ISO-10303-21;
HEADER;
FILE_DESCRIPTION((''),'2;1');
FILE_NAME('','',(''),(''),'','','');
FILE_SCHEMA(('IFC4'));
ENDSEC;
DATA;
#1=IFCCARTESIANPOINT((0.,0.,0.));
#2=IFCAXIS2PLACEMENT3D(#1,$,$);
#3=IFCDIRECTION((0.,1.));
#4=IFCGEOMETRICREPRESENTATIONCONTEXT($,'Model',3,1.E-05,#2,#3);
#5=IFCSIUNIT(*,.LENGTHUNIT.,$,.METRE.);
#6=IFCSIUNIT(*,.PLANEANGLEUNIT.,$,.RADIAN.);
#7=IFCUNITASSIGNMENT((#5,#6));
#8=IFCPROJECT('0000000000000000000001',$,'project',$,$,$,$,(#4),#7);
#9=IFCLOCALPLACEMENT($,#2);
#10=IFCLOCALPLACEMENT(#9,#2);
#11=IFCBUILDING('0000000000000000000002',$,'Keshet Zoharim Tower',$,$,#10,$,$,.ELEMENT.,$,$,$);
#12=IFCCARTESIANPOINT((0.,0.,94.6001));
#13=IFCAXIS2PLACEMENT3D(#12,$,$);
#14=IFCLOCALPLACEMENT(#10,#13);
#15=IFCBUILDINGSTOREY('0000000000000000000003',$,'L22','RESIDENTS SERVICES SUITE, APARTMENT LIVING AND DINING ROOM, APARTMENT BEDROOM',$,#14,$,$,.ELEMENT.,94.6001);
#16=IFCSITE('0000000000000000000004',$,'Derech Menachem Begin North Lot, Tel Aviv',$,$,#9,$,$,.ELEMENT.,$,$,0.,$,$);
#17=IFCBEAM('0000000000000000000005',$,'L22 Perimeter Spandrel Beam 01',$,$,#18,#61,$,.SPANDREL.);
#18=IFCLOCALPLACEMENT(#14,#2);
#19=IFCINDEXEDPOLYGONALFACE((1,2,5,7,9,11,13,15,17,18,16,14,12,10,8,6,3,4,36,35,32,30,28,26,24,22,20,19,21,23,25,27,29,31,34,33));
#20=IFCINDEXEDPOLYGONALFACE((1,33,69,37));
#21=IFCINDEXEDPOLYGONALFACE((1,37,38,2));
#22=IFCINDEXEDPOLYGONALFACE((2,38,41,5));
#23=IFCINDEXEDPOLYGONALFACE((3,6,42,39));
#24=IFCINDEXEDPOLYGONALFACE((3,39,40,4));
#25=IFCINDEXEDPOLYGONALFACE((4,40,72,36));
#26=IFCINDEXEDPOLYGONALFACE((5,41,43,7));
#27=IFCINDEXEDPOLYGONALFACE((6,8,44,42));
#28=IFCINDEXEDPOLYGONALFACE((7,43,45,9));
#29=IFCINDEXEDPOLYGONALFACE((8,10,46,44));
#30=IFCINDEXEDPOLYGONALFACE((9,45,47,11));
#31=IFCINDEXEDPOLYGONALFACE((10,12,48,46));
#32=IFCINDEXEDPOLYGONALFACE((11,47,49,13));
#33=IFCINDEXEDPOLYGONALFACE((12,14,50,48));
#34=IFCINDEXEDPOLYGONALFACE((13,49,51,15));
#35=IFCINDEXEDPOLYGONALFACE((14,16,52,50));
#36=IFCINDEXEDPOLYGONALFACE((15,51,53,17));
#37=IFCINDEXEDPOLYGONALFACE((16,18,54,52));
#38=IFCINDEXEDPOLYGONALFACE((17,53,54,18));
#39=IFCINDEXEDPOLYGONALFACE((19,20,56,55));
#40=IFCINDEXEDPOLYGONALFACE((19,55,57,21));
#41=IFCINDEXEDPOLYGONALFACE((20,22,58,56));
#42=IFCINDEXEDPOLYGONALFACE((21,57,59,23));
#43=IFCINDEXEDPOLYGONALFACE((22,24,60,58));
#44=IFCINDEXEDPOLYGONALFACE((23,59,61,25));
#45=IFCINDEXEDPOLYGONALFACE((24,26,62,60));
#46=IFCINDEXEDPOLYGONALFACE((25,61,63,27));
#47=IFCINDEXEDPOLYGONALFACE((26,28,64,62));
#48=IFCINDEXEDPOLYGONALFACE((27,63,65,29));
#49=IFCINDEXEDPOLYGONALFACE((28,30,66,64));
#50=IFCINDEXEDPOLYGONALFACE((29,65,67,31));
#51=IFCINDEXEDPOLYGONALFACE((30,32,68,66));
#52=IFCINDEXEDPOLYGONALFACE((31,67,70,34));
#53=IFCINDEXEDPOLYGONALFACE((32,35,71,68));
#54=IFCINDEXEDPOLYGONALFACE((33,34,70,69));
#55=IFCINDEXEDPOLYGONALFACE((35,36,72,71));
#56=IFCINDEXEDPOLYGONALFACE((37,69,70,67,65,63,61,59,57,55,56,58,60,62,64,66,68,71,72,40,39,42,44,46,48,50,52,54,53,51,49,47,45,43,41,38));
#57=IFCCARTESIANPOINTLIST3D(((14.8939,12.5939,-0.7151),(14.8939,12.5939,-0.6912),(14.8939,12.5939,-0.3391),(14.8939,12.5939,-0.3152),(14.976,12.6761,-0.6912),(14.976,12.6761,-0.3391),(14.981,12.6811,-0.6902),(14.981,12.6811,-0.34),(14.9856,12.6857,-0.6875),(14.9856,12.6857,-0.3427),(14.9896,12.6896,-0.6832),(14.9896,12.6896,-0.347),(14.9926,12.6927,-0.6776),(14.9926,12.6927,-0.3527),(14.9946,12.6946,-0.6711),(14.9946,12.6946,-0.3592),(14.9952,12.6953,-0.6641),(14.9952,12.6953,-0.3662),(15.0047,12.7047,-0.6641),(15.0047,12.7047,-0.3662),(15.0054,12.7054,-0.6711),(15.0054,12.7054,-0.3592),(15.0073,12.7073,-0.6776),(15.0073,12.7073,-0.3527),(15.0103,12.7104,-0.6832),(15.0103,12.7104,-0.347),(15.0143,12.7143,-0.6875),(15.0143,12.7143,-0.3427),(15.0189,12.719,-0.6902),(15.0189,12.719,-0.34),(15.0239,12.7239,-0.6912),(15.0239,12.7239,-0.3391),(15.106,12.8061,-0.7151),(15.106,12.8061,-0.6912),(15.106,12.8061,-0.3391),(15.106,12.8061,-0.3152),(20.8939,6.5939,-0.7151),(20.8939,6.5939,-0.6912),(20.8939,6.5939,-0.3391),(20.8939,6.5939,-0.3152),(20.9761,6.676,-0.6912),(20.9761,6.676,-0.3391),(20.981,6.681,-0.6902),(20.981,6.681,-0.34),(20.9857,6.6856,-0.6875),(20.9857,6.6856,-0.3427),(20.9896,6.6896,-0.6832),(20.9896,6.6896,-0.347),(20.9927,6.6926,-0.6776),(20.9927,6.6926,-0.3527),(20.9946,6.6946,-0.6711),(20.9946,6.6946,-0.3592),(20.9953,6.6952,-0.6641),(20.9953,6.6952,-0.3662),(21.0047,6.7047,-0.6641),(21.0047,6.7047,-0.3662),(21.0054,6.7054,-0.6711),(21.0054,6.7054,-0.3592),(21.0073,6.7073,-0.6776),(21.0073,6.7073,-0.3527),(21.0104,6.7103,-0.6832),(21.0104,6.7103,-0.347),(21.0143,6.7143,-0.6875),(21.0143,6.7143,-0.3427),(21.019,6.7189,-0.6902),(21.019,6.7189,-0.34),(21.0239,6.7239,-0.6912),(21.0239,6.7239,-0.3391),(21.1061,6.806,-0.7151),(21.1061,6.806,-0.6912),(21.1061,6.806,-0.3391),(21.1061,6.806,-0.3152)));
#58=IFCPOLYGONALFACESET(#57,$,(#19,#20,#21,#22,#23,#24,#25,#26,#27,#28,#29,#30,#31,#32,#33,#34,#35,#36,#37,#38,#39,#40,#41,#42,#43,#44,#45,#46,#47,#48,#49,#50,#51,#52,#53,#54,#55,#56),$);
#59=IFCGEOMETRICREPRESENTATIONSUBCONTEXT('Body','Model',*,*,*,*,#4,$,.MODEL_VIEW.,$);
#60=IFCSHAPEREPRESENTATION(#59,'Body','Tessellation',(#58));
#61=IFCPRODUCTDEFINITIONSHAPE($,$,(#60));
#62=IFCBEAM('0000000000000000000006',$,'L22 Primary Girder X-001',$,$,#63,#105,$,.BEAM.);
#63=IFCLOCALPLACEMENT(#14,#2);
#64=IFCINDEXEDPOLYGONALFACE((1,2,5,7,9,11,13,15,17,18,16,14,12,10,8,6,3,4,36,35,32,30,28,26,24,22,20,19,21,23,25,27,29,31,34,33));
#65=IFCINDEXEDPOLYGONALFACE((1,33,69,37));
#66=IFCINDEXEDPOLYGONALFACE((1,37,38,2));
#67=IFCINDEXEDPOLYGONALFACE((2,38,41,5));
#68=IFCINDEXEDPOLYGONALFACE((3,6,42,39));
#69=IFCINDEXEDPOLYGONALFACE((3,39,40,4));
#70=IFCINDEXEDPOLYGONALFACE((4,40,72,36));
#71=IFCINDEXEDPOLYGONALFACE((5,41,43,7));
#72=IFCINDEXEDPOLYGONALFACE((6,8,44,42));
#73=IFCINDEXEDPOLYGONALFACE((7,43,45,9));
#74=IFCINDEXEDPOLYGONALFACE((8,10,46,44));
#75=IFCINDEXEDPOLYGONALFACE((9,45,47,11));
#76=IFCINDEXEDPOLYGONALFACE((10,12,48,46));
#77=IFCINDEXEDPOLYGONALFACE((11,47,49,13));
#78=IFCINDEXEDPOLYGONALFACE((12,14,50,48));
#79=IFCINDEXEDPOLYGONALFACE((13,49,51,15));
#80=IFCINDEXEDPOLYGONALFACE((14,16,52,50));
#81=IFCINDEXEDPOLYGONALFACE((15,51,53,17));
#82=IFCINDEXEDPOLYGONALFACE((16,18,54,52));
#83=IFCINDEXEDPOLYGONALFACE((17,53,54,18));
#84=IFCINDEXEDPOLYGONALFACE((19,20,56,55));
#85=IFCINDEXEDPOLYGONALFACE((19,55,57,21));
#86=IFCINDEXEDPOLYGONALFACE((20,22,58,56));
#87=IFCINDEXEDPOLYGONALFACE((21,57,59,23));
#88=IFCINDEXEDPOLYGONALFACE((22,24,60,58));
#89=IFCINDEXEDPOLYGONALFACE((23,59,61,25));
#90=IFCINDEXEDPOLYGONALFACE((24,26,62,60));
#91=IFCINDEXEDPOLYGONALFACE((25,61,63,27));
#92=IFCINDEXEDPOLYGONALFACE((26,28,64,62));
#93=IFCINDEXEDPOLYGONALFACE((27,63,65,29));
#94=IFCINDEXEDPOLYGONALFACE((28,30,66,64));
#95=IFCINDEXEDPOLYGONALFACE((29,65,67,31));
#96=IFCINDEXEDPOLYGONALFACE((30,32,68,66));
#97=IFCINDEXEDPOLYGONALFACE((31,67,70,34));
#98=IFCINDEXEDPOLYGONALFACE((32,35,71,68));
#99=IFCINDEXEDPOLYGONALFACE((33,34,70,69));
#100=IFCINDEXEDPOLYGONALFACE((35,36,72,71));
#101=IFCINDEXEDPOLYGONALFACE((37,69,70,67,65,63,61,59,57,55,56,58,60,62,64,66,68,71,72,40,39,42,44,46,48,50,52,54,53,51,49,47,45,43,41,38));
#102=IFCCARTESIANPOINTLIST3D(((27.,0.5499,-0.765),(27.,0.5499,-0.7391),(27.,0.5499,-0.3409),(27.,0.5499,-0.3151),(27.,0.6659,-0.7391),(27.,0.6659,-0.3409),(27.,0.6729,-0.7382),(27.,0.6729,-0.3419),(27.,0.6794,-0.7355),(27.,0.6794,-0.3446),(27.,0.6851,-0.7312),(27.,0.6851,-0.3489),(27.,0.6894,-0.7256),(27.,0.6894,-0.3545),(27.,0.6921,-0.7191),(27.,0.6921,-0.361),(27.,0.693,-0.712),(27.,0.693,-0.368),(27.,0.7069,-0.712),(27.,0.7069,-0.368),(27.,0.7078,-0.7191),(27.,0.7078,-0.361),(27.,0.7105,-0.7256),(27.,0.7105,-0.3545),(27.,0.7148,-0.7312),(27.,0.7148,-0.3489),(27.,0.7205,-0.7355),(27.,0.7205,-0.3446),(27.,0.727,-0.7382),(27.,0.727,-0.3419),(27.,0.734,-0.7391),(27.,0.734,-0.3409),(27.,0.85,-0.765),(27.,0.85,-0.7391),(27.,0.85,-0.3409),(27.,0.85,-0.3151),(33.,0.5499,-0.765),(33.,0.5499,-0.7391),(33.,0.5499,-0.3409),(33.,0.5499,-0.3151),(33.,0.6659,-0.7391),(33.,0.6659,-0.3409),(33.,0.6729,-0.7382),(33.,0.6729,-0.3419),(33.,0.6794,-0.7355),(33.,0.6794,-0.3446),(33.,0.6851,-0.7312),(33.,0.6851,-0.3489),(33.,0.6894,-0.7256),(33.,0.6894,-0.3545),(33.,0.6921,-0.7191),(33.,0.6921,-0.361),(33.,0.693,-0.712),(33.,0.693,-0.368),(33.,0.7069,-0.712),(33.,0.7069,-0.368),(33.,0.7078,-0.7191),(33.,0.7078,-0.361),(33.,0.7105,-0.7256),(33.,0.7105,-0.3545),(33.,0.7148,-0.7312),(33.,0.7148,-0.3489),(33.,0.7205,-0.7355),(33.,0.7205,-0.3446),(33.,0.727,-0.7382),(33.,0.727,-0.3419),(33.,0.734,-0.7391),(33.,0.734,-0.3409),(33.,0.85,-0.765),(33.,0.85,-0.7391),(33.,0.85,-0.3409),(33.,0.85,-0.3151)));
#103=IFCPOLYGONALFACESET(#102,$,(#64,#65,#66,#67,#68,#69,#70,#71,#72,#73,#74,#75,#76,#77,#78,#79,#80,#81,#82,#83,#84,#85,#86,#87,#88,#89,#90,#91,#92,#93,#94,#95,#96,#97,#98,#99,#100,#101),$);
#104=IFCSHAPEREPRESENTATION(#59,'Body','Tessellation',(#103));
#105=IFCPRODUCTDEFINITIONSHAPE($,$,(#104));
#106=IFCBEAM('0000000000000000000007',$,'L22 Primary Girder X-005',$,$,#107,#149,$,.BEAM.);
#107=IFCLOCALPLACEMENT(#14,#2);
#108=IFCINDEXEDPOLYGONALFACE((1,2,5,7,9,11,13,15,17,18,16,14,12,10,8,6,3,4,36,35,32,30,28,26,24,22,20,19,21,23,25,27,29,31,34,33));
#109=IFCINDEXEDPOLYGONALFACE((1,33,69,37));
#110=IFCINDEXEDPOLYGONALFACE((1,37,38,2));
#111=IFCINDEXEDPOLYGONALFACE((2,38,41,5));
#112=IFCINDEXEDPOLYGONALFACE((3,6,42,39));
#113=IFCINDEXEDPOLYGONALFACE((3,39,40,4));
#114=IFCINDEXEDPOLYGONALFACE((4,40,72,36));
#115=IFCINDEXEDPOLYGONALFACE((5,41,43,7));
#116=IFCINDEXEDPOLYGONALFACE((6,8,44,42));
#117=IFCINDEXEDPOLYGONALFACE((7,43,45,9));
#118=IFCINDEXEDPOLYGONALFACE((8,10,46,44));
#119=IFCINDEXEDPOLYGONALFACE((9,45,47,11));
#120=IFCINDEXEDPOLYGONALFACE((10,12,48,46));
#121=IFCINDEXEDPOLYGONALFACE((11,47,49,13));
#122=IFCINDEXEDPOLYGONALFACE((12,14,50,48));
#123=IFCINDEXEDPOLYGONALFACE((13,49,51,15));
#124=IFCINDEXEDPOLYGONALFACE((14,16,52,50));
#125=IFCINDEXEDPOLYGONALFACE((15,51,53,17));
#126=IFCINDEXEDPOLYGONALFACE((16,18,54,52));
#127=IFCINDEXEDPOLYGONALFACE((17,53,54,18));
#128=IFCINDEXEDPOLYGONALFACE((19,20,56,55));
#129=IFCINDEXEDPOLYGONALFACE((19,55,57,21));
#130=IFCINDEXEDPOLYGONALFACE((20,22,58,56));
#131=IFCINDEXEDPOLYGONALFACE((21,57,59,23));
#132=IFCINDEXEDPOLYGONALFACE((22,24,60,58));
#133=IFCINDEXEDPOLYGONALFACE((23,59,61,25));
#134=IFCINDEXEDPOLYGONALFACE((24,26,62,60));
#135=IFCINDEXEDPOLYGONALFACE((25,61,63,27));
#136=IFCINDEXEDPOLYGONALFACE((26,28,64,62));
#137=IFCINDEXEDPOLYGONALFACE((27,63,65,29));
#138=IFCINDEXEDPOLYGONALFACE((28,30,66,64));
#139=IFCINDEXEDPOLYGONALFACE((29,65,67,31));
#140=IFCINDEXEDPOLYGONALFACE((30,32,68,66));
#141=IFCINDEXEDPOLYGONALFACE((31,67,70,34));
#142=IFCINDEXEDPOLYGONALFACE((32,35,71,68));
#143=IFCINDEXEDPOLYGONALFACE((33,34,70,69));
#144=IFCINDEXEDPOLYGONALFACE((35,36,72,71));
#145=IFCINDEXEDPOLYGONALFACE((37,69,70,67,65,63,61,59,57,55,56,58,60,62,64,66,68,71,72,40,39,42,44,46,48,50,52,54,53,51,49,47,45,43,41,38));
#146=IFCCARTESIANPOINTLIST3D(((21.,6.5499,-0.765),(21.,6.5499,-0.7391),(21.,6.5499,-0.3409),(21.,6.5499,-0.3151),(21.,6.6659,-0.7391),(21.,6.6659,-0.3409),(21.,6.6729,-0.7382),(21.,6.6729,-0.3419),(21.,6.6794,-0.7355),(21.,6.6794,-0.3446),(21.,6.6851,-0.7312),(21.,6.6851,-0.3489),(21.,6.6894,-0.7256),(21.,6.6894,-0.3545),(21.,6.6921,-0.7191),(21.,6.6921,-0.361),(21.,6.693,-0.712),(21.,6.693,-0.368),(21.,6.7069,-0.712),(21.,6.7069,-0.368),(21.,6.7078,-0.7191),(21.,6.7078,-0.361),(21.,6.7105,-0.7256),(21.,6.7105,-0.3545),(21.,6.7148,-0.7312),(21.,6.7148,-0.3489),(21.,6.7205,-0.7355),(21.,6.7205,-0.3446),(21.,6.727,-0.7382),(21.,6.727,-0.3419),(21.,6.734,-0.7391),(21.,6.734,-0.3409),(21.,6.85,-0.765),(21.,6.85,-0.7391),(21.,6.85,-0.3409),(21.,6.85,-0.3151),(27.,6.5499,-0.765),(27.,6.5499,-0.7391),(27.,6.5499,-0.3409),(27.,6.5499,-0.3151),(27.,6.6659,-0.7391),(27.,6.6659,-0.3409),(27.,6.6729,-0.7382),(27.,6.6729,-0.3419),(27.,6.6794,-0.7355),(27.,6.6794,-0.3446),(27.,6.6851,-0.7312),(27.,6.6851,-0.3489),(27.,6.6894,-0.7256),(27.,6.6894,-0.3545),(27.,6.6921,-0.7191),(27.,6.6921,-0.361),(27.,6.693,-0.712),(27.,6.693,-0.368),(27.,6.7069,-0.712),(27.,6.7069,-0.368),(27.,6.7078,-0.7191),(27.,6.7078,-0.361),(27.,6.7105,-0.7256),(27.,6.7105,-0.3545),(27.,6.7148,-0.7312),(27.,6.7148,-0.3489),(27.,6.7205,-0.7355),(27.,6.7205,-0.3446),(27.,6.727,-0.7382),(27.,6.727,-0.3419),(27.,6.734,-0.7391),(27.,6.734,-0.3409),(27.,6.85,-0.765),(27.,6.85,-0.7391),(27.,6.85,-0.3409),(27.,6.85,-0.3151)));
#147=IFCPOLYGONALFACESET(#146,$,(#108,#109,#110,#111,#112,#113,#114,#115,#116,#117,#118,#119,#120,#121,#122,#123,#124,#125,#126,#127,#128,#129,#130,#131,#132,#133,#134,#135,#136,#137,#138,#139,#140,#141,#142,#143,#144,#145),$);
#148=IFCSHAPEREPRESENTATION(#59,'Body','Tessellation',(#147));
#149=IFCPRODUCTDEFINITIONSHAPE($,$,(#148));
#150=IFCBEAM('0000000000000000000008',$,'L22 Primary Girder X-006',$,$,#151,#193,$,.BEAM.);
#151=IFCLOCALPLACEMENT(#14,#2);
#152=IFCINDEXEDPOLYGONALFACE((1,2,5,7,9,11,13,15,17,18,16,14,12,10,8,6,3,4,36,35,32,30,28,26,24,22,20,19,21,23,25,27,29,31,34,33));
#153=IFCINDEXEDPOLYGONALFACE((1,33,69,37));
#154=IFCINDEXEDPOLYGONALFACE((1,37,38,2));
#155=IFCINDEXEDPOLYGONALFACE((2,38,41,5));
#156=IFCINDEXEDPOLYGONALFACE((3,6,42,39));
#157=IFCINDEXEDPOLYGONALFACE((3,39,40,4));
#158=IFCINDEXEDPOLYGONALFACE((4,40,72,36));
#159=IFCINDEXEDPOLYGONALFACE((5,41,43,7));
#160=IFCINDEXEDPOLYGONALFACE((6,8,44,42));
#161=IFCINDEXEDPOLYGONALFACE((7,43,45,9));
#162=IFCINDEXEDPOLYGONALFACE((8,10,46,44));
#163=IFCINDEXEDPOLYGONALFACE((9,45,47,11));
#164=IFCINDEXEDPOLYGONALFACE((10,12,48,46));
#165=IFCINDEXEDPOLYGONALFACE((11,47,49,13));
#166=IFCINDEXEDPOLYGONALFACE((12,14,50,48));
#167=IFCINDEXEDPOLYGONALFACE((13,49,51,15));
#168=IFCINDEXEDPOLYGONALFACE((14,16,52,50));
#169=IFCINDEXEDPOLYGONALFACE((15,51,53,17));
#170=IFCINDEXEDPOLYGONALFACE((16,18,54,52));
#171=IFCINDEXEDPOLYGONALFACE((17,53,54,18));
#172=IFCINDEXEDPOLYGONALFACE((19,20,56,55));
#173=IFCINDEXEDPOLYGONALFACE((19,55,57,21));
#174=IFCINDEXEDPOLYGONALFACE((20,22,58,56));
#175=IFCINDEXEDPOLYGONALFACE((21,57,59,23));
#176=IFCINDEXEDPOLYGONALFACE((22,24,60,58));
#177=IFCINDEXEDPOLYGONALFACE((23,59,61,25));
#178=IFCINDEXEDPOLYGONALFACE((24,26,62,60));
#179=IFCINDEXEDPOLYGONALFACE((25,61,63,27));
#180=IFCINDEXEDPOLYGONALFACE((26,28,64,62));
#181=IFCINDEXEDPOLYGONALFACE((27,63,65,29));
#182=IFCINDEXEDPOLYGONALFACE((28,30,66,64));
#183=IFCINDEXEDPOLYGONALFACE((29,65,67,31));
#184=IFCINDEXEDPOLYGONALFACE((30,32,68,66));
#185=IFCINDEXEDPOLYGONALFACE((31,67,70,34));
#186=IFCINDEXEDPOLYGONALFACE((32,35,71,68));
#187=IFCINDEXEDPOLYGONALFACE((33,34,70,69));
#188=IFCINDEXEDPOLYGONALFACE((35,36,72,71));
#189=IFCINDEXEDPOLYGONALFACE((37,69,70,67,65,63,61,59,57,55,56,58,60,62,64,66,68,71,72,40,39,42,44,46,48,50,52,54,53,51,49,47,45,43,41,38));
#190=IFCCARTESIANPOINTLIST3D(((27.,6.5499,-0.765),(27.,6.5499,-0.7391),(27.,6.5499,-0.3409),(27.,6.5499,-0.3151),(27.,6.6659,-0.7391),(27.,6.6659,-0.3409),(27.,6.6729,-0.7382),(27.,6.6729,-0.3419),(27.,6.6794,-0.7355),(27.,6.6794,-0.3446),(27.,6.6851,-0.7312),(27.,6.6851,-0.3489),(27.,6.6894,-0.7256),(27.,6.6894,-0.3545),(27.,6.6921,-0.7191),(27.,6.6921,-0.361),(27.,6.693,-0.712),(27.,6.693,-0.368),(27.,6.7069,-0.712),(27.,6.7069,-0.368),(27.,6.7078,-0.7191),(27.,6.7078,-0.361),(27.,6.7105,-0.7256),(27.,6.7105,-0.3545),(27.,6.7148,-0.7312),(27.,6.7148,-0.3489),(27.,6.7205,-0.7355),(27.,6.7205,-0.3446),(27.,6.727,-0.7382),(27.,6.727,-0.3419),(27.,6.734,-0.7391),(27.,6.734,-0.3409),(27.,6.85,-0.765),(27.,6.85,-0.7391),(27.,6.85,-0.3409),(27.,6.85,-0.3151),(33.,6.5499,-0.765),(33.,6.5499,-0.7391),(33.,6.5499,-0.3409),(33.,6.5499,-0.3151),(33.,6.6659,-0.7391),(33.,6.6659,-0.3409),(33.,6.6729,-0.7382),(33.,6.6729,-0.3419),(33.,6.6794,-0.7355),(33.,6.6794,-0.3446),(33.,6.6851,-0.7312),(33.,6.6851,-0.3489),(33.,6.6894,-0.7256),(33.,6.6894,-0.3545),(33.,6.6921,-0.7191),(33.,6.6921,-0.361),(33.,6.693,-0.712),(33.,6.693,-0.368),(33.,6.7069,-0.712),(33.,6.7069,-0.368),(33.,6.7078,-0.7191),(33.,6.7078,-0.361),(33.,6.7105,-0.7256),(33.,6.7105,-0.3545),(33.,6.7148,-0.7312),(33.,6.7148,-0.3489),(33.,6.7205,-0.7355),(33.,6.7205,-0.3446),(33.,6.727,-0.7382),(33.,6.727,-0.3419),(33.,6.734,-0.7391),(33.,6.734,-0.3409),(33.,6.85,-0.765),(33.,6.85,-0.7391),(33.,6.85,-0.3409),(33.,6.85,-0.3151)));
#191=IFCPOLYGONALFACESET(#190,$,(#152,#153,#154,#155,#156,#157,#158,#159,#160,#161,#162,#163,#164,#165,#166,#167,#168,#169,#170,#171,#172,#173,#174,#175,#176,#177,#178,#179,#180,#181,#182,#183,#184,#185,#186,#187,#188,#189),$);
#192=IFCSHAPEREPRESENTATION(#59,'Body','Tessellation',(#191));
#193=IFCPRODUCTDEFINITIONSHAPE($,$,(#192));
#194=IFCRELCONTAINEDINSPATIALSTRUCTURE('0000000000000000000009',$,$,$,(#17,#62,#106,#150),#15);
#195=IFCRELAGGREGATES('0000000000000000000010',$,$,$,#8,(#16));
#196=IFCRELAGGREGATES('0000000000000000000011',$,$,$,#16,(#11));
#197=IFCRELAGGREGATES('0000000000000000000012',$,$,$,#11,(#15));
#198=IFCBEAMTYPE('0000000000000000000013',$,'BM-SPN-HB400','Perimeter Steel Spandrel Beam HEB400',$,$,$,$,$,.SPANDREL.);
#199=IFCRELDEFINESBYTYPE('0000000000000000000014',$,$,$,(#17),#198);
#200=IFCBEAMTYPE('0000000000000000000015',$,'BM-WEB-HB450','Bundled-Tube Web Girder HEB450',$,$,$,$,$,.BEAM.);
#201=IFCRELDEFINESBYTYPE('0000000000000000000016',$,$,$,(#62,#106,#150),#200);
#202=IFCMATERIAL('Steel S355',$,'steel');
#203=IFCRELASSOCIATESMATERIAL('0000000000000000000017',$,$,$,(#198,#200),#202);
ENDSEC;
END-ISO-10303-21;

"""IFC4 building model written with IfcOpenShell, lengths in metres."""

from ifc_helpers import new_model, si_unit, direction, frame, origin, origin_2d, place, context, subcontext, project, spatial, i_section, extrude, material, material_profile, profile_set, type_object, element, save


model = new_model("IFC4")

# Units and contexts
model_context = context("Model", 3, precision=1e-05, world=origin(), true_north=direction((0.0, 1.0)))
body_context = subcontext(model_context, "Body", "Model", "MODEL_VIEW")
ifc_project = project(units=[si_unit("LENGTHUNIT", "METRE"), si_unit("PLANEANGLEUNIT", "RADIAN")], contexts=[model_context])

# Site, building, storey
site_placement = place(None, origin())
site = spatial("IfcSite", under=ifc_project, at=site_placement, Name="Derech Menachem Begin North Lot, Tel Aviv", CompositionType="ELEMENT", RefElevation=0.0)
building_placement = place(site_placement, origin())
building = spatial("IfcBuilding", under=site, at=building_placement, Name="Keshet Zoharim Tower", CompositionType="ELEMENT")
storey_placement = place(building_placement, frame((0.0, 0.0, 94.6001)))
storey = spatial("IfcBuildingStorey", under=building, at=storey_placement, Name="L22", Description="RESIDENTS SERVICES SUITE, APARTMENT LIVING AND DINING ROOM, APARTMENT BEDROOM", CompositionType="ELEMENT", Elevation=94.6001)

# Shared definitions
ifc_material_1 = material(Name="Steel S355", Category="steel")

# Beams
ifc_material_profile_1 = material_profile(ifc_material_1, i_section(OverallWidth=0.3, OverallDepth=0.3999, WebThickness=0.0134, FlangeThickness=0.0239, FilletRadius=0.0271, at=origin_2d()), Name="HEB400")
ifc_profile_set_1 = profile_set([ifc_material_profile_1], Name="Steel S355")
beam_type_1 = type_object("IfcBeamType", Name="BM-SPN-HB400", Description="Perimeter Steel Spandrel Beam HEB400", PredefinedType="SPANDREL", material=ifc_profile_set_1)
beam_1_placement = place(storey_placement, frame((21.0, 6.7, -0.5151), z_axis=(-0.707107, 0.707107, 0.0), x_axis=(-0.707107, -0.707107, 0.0)))
element("IfcBeam", 1, at=beam_1_placement, inside=storey, type_object=beam_type_1, Name="L22 Perimeter Spandrel Beam 01", PredefinedType="SPANDREL", context=body_context, shape_type="SweptSolid", body=[
    extrude(i_section(OverallWidth=0.3, OverallDepth=0.3999, WebThickness=0.0134, FlangeThickness=0.0239, FilletRadius=0.0271, at=origin_2d()), origin(), (0.0, 0.0, 1.0), 8.4854),
])
ifc_material_profile_2 = material_profile(ifc_material_1, i_section(OverallWidth=0.3, OverallDepth=0.45, WebThickness=0.0139, FlangeThickness=0.0259, FilletRadius=0.0271, at=origin_2d()), Name="HEB450")
ifc_profile_set_2 = profile_set([ifc_material_profile_2], Name="Steel S355")
beam_type_2 = type_object("IfcBeamType", Name="BM-WEB-HB450", Description="Bundled-Tube Web Girder HEB450", PredefinedType="BEAM", material=ifc_profile_set_2)
for number, where, z_axis, x_axis, name in (
    (2, (27.0, 0.7, -0.54), (1.0, 0.0, 0.0), (0.0, 1.0, 0.0), "L22 Primary Girder X-001"),
    (3, (21.0, 6.7, -0.54), (1.0, 0.0, 0.0), (0.0, 1.0, 0.0), "L22 Primary Girder X-005"),
    (4, (27.0, 6.7, -0.54), (1.0, 0.0, 0.0), (0.0, 1.0, 0.0), "L22 Primary Girder X-006"),
):
    element("IfcBeam", number, at=place(storey_placement, frame(where, z_axis=z_axis, x_axis=x_axis)), inside=storey, type_object=beam_type_2, Name=name, PredefinedType="BEAM", context=body_context, shape_type="SweptSolid", body=[
        extrude(i_section(OverallWidth=0.3, OverallDepth=0.45, WebThickness=0.0139, FlangeThickness=0.0259, FilletRadius=0.0271, at=origin_2d()), origin(), (0.0, 0.0, 1.0), 6.0),
    ])

save(model, "model.ifc")
